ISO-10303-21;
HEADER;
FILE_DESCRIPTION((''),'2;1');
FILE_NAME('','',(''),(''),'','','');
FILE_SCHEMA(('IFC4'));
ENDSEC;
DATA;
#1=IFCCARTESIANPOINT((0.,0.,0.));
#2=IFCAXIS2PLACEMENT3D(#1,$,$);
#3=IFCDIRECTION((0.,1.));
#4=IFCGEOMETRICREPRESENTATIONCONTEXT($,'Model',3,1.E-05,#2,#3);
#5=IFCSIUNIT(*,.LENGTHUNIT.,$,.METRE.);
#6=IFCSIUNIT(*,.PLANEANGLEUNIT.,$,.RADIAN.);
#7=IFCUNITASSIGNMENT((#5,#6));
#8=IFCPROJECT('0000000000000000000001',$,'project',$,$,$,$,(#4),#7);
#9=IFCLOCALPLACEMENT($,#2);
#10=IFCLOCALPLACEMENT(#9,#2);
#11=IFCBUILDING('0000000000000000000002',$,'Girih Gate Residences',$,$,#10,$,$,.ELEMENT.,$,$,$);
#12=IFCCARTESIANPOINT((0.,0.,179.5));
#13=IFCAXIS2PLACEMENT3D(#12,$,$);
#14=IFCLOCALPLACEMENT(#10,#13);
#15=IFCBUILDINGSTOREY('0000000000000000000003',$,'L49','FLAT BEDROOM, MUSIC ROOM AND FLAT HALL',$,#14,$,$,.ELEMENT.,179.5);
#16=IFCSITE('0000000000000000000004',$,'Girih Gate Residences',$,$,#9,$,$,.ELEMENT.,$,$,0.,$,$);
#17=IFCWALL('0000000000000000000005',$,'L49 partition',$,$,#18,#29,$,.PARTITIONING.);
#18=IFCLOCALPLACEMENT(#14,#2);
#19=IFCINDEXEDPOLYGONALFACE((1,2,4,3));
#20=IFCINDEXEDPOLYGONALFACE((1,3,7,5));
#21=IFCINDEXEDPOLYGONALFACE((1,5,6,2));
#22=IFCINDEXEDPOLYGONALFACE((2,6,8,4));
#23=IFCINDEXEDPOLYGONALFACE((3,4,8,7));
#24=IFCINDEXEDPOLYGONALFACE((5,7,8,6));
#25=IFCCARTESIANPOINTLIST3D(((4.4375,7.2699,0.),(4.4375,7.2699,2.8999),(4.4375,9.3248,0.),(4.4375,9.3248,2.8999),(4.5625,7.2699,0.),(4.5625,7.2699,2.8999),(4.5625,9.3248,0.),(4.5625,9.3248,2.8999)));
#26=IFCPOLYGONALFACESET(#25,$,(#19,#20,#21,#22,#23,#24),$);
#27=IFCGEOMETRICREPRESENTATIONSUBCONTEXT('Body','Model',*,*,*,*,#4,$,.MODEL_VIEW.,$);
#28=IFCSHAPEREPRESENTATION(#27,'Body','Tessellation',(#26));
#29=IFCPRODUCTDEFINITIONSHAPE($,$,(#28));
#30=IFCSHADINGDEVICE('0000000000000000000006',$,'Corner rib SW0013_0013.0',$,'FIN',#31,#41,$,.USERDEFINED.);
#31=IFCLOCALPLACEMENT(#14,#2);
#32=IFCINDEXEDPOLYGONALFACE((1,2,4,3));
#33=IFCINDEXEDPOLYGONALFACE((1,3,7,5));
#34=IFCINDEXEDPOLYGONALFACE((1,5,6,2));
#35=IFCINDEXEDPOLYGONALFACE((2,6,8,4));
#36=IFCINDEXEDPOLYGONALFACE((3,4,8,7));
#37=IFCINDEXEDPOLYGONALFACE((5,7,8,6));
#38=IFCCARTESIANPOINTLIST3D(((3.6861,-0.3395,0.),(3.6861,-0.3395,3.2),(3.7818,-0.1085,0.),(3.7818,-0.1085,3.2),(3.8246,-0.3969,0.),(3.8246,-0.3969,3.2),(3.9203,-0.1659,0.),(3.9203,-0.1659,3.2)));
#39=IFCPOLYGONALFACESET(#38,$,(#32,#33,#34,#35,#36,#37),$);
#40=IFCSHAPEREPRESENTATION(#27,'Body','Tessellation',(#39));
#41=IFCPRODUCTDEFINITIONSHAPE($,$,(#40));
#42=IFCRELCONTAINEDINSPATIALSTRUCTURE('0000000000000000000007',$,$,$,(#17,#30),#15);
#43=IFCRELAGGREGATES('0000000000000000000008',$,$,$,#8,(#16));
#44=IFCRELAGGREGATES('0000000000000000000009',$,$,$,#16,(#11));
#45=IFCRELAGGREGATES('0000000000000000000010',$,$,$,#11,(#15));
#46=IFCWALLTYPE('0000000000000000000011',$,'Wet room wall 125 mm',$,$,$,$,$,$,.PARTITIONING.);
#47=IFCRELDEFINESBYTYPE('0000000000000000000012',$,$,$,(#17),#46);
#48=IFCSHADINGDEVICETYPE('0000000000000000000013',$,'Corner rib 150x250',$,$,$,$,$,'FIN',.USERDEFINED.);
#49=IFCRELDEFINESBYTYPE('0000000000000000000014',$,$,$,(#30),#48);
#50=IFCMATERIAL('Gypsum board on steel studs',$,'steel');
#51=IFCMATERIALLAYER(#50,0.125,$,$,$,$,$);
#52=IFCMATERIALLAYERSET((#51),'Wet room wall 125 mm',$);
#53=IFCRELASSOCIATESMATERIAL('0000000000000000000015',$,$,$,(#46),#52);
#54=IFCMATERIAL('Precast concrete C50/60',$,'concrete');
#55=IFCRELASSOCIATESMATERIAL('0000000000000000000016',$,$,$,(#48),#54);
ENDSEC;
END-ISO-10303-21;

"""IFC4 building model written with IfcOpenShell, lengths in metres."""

from ifc_helpers import new_model, si_unit, direction, frame, frame_2d, origin, origin_2d, place, context, subcontext, project, spatial, rectangle, extrude, material, layer, layer_set, type_object, element, save


model = new_model("IFC4")

# Units and contexts
model_context = context("Model", 3, precision=1e-05, world=origin(), true_north=direction((0.0, 1.0)))
body_context = subcontext(model_context, "Body", "Model", "MODEL_VIEW")
ifc_project = project(units=[si_unit("LENGTHUNIT", "METRE"), si_unit("PLANEANGLEUNIT", "RADIAN")], contexts=[model_context])

# Site, building, storey
site_placement = place(None, origin())
site = spatial("IfcSite", under=ifc_project, at=site_placement, Name="Girih Gate Residences", CompositionType="ELEMENT", RefElevation=0.0)
building_placement = place(site_placement, origin())
building = spatial("IfcBuilding", under=site, at=building_placement, Name="Girih Gate Residences", CompositionType="ELEMENT")
storey_placement = place(building_placement, frame((0.0, 0.0, 179.5)))
storey = spatial("IfcBuildingStorey", under=building, at=storey_placement, Name="L49", Description="FLAT BEDROOM, MUSIC ROOM AND FLAT HALL", CompositionType="ELEMENT", Elevation=179.5)

# Shared definitions
ifc_material_1 = material(Name="Gypsum board on steel studs", Category="steel")

# Shared definitions
ifc_material_2 = material(Name="Precast concrete C50/60", Category="concrete")

# Shared definitions
ifc_layer_1 = layer(ifc_material_1, 0.125)
ifc_layer_set_1 = layer_set([ifc_layer_1], Name="Wet room wall 125 mm")
wall_type_1 = type_object("IfcWallType", Name="Wet room wall 125 mm", PredefinedType="PARTITIONING", material=ifc_layer_set_1)

# Wall
wall_1_placement = place(storey_placement, frame((4.5, 7.27, 0.0), z_axis=(0.0, 0.0, 1.0), x_axis=(0.0, 1.0, 0.0)))
element("IfcWall", 1, at=wall_1_placement, inside=storey, type_object=wall_type_1, Name="L49 partition", PredefinedType="PARTITIONING", context=body_context, shape_type="SweptSolid", body=[
    extrude(rectangle(XDim=2.0549, YDim=0.125, at=frame_2d((1.0273, 0.0))), origin(), (0.0, 0.0, 1.0), 2.8999),
])

# Shading device
shading_device_type = type_object("IfcShadingDeviceType", Name="Corner rib 150x250", ElementType="FIN", PredefinedType="USERDEFINED", material=ifc_material_2)
shading_device_placement = place(storey_placement, frame((3.8032, -0.2527, 0.0), z_axis=(0.0, 0.0, 1.0), x_axis=(0.92388, -0.382683, 0.0)))
element("IfcShadingDevice", 2, at=shading_device_placement, inside=storey, type_object=shading_device_type, Name="Corner rib SW0013_0013.0", ObjectType="FIN", PredefinedType="USERDEFINED", context=body_context, shape_type="SweptSolid", body=[
    extrude(rectangle(XDim=0.1499, YDim=0.25, at=origin_2d()), origin(), (0.0, 0.0, 1.0), 3.2),
])

save(model, "model.ifc")
